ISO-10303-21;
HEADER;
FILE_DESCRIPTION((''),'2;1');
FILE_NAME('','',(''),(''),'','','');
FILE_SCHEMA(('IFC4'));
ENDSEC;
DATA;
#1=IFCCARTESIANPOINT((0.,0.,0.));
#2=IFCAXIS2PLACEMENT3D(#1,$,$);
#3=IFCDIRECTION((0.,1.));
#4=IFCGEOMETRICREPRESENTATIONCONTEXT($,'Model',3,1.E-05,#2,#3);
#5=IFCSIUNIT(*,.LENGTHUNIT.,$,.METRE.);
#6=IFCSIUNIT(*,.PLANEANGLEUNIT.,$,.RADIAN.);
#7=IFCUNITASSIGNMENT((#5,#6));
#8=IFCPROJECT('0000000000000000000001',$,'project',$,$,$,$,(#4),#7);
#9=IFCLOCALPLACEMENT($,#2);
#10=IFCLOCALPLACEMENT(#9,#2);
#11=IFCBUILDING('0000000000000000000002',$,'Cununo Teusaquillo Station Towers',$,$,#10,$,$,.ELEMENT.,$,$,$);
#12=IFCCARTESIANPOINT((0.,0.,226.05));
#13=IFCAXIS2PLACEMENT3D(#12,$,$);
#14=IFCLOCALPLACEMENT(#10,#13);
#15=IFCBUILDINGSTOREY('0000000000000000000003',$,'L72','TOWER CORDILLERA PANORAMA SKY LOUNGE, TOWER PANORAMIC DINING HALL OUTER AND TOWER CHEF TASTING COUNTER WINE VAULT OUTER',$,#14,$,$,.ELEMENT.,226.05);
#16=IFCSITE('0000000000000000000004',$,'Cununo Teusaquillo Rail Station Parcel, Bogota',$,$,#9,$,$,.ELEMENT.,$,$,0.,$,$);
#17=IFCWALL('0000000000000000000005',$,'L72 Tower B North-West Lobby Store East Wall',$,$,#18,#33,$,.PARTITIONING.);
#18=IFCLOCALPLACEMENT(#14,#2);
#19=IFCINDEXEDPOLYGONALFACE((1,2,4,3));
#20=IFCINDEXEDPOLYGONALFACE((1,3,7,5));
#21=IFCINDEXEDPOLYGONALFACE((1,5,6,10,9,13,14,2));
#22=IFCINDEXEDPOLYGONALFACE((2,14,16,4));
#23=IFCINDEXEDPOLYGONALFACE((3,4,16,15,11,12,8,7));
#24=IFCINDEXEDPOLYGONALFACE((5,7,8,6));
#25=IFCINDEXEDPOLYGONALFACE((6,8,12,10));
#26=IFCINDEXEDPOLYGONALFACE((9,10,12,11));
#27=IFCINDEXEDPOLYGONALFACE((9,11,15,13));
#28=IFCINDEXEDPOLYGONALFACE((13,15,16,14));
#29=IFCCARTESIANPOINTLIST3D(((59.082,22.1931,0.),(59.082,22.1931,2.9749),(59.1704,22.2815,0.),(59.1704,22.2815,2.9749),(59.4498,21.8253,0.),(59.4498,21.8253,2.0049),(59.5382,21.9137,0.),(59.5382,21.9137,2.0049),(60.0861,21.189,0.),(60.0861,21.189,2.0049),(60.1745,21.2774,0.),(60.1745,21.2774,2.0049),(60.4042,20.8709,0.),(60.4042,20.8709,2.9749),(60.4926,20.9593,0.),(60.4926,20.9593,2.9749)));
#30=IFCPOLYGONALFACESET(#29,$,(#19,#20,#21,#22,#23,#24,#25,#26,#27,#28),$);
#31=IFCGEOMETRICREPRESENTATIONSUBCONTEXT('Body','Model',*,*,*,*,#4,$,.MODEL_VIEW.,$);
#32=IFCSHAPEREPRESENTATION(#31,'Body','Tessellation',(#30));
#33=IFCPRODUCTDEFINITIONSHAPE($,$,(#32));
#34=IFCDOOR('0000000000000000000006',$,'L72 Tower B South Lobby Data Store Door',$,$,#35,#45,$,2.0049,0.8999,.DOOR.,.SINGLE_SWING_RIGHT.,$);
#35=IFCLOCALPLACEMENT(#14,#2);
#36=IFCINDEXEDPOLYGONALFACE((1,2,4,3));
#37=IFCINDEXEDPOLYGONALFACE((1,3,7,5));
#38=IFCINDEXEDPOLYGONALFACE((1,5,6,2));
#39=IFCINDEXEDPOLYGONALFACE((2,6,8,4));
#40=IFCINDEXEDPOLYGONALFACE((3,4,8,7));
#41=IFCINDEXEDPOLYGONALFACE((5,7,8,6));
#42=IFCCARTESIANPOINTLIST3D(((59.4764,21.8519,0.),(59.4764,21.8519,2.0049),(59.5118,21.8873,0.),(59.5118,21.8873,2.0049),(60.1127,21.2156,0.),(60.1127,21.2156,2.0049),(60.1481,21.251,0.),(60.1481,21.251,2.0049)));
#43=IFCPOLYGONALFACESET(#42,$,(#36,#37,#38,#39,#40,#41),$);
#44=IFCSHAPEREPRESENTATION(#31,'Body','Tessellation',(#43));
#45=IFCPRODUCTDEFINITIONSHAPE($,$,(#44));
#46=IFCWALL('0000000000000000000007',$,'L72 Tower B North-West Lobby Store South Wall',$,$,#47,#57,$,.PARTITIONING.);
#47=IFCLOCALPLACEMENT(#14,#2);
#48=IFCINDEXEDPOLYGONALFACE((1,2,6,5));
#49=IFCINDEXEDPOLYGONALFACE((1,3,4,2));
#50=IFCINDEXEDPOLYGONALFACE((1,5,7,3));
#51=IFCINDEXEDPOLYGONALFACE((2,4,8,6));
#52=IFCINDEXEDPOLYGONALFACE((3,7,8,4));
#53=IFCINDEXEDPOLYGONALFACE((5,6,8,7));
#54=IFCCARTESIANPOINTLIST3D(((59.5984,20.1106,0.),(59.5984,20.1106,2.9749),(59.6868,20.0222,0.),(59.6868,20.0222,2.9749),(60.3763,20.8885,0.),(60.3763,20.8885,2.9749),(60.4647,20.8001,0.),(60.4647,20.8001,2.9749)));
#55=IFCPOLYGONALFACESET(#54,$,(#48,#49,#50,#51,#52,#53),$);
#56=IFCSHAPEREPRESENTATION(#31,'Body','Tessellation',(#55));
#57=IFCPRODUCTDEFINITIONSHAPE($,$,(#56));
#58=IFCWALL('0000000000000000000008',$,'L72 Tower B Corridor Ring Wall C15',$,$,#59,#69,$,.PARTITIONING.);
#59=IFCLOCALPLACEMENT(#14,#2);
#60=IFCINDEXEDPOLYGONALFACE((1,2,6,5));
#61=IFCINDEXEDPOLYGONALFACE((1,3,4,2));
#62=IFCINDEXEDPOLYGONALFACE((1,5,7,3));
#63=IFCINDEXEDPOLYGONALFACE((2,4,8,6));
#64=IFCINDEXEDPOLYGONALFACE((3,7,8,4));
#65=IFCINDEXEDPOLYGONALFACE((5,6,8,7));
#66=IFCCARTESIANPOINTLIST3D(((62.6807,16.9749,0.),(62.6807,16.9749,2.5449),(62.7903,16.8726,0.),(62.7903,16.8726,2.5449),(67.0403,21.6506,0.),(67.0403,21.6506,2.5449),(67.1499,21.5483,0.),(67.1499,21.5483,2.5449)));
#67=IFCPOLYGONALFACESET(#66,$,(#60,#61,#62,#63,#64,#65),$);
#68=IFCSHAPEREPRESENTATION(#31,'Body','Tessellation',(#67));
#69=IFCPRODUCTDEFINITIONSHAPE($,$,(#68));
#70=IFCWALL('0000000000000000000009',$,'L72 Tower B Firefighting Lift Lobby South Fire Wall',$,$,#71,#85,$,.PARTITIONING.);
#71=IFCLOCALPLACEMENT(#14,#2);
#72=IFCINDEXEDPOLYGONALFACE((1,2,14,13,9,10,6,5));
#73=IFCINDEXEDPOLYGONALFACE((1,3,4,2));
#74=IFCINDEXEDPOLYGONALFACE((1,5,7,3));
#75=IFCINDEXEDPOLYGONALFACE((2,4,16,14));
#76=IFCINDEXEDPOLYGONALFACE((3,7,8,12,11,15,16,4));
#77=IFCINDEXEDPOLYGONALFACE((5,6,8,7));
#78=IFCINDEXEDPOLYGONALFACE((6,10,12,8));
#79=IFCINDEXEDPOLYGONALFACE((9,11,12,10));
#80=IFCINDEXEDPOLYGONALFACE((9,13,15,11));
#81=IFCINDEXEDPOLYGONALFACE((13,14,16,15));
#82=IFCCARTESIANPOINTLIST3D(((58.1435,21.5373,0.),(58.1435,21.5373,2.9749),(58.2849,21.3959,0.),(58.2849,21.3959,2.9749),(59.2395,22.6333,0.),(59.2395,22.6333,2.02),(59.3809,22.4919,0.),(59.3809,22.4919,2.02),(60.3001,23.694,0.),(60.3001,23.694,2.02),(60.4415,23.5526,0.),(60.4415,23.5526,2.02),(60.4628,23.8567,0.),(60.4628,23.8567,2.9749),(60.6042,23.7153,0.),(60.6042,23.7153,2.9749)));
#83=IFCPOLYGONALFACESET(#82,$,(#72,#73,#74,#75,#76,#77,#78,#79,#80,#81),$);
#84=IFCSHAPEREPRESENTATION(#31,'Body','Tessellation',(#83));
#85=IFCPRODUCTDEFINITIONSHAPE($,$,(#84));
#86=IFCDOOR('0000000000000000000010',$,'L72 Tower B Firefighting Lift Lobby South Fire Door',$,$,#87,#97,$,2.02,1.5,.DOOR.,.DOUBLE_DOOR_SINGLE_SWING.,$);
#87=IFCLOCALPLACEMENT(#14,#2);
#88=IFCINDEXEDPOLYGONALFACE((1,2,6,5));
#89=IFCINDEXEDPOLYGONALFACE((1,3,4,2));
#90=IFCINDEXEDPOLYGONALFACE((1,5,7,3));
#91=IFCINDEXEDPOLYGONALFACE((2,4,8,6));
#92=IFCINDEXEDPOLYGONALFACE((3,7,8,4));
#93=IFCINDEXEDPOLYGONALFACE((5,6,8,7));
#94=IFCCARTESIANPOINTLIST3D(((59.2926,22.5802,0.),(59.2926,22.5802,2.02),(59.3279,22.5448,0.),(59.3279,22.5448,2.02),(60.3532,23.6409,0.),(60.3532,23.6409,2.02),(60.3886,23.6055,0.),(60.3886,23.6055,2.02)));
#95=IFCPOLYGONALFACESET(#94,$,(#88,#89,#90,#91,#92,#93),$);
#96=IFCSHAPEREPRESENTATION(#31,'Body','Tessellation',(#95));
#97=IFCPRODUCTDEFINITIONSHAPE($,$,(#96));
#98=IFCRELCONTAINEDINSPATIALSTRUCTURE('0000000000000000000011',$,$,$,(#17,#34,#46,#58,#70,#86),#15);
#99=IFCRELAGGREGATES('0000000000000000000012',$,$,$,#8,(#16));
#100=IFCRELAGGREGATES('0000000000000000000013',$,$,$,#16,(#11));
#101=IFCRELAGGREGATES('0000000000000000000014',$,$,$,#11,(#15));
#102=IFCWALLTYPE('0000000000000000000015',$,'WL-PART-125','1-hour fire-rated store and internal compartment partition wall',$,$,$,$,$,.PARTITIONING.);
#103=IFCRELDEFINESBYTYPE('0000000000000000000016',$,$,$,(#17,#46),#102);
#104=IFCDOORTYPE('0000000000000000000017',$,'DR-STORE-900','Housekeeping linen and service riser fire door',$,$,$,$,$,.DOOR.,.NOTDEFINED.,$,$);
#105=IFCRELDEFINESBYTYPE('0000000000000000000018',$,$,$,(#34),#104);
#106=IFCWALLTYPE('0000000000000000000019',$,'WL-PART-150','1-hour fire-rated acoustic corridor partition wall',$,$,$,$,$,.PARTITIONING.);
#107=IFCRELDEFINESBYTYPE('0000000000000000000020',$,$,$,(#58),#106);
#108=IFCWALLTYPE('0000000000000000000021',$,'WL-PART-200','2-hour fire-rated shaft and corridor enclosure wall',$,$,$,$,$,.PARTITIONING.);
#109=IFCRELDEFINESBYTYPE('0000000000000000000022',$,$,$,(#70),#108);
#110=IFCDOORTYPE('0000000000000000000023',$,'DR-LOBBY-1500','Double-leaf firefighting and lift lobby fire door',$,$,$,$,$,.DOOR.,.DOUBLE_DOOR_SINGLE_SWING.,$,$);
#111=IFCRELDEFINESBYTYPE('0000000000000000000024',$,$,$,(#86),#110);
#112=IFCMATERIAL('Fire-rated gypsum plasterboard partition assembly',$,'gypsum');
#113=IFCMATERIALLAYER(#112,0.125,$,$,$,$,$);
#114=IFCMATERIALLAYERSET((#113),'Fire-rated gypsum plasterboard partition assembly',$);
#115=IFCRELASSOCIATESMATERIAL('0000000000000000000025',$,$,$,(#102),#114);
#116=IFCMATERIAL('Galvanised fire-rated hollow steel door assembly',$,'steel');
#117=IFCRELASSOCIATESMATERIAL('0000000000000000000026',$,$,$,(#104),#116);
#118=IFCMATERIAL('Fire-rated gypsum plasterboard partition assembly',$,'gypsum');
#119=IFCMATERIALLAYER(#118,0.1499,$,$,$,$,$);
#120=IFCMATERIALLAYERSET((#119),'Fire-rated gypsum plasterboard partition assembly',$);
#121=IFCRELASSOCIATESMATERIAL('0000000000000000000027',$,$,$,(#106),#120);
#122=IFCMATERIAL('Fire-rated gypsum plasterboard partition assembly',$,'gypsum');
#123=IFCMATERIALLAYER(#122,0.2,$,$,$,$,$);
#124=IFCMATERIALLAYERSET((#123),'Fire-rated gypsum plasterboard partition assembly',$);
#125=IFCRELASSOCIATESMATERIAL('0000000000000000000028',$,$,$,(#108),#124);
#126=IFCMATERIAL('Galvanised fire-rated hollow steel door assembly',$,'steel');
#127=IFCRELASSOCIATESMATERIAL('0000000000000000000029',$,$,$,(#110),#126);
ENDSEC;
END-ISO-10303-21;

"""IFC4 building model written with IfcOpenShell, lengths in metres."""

from ifc_helpers import new_model, si_unit, direction, frame, frame_2d, origin, place, context, subcontext, project, spatial, rectangle, extrude, source, transform, mapped, material, layer, layer_set, type_object, element, fill, save


model = new_model("IFC4")

# Units and contexts
model_context = context("Model", 3, precision=1e-05, world=origin(), true_north=direction((0.0, 1.0)))
body_context = subcontext(model_context, "Body", "Model", "MODEL_VIEW")
ifc_project = project(units=[si_unit("LENGTHUNIT", "METRE"), si_unit("PLANEANGLEUNIT", "RADIAN")], contexts=[model_context])

# Site, building, storey
site_placement = place(None, origin())
site = spatial("IfcSite", under=ifc_project, at=site_placement, Name="Cununo Teusaquillo Rail Station Parcel, Bogota", CompositionType="ELEMENT", RefElevation=0.0)
building_placement = place(site_placement, origin())
building = spatial("IfcBuilding", under=site, at=building_placement, Name="Cununo Teusaquillo Station Towers", CompositionType="ELEMENT")
storey_placement = place(building_placement, frame((0.0, 0.0, 226.05)))
storey = spatial("IfcBuildingStorey", under=building, at=storey_placement, Name="L72", Description="TOWER CORDILLERA PANORAMA SKY LOUNGE, TOWER PANORAMIC DINING HALL OUTER AND TOWER CHEF TASTING COUNTER WINE VAULT OUTER", CompositionType="ELEMENT", Elevation=226.05)

# Wall, opening, door
ifc_material_1 = material(Name="Fire-rated gypsum plasterboard partition assembly", Category="gypsum")
ifc_layer_1 = layer(ifc_material_1, 0.125)
ifc_layer_set_1 = layer_set([ifc_layer_1], Name="Fire-rated gypsum plasterboard partition assembly")
wall_type_1 = type_object("IfcWallType", Name="WL-PART-125", Description="1-hour fire-rated store and internal compartment partition wall", PredefinedType="PARTITIONING", material=ifc_layer_set_1)
wall_1_placement = place(storey_placement, frame((60.4485, 20.915, 0.0), z_axis=(0.0, 0.0, 1.0), x_axis=(-0.707107, 0.707107, 0.0)))
wall_1 = element("IfcWall", 1, at=wall_1_placement, inside=storey, type_object=wall_type_1, Name="L72 Tower B North-West Lobby Store East Wall", PredefinedType="PARTITIONING", context=body_context, shape_type="SweptSolid", body=[
    extrude(rectangle(XDim=1.8699, YDim=0.125, at=frame_2d((0.9351, 0.0))), origin(), (0.0, 0.0, 1.0), 2.9749),
])
shared_shape_1 = source(origin(), body_context, "Body", "SweptSolid", [
    extrude(rectangle(XDim=0.8999, YDim=2.0049, at=frame_2d((0.45, 1.0024))), frame((0.0, 0.0725, 0.0), z_axis=(0.0, -1.0, 0.0), x_axis=(1.0, 0.0, 0.0)), (0.0, 0.0, 1.0), 0.145),
])
opening_1_placement = place(wall_1_placement, frame((0.45, 0.0, 0.0)))
opening_1 = element("IfcOpeningElement", 2, at=opening_1_placement, cuts=wall_1, PredefinedType="OPENING", context=body_context, shape_type="MappedRepresentation", body=[
    mapped(shared_shape_1, transform((0.0, 0.0, 0.0), x_axis=(1.0, 0.0, 0.0), y_axis=(0.0, 1.0, 0.0), z_axis=(0.0, 0.0, 1.0), scale=1.0)),
])
ifc_material_2 = material(Name="Galvanised fire-rated hollow steel door assembly", Category="steel")
door_type_1 = type_object("IfcDoorType", Name="DR-STORE-900", Description="Housekeeping linen and service riser fire door", OperationType="NOTDEFINED", PredefinedType="DOOR", material=ifc_material_2)
shared_shape_2 = source(origin(), body_context, "Body", "SweptSolid", [
    extrude(rectangle(XDim=0.8999, YDim=2.0049, at=frame_2d((0.45, 1.0024))), frame((0.0, 0.0249, 0.0), z_axis=(0.0, -1.0, 0.0), x_axis=(1.0, 0.0, 0.0)), (0.0, 0.0, 1.0), 0.05),
])
door_1_placement = place(opening_1_placement, origin())
door_1 = element("IfcDoor", 3, at=door_1_placement, inside=storey, type_object=door_type_1, Name="L72 Tower B South Lobby Data Store Door", OperationType="SINGLE_SWING_RIGHT", OverallHeight=2.0049, OverallWidth=0.8999, PredefinedType="DOOR", context=body_context, shape_type="MappedRepresentation", body=[
    mapped(shared_shape_2, transform((0.0, 0.0, 0.0), x_axis=(1.0, 0.0, 0.0), y_axis=(0.0, 1.0, 0.0), z_axis=(0.0, 0.0, 1.0), scale=1.0)),
])
fill(opening_1, door_1)

# Walls
wall_2_placement = place(storey_placement, frame((59.6426, 20.0664, 0.0), z_axis=(0.0, 0.0, 1.0), x_axis=(0.707107, 0.707107, 0.0)))
element("IfcWall", 4, at=wall_2_placement, inside=storey, type_object=wall_type_1, Name="L72 Tower B North-West Lobby Store South Wall", PredefinedType="PARTITIONING", context=body_context, shape_type="SweptSolid", body=[
    extrude(rectangle(XDim=1.1001, YDim=0.125, at=frame_2d((0.55, 0.0))), origin(), (0.0, 0.0, 1.0), 2.9749),
])
ifc_material_3 = material(Name="Fire-rated gypsum plasterboard partition assembly", Category="gypsum")
ifc_layer_2 = layer(ifc_material_3, 0.1499)
ifc_layer_set_2 = layer_set([ifc_layer_2], Name="Fire-rated gypsum plasterboard partition assembly")
wall_type_2 = type_object("IfcWallType", Name="WL-PART-150", Description="1-hour fire-rated acoustic corridor partition wall", PredefinedType="PARTITIONING", material=ifc_layer_set_2)
wall_3_placement = place(storey_placement, frame((62.7356, 16.9238, 0.0), z_axis=(0.0, 0.0, 1.0), x_axis=(0.681947, 0.731402, 0.0)))
element("IfcWall", 5, at=wall_3_placement, inside=storey, type_object=wall_type_2, Name="L72 Tower B Corridor Ring Wall C15", PredefinedType="PARTITIONING", context=body_context, shape_type="SweptSolid", body=[
    extrude(rectangle(XDim=6.3928, YDim=0.1499, at=frame_2d((3.1963, 0.0))), origin(), (0.0, 0.0, 1.0), 2.5449),
])

# Wall, opening, door
ifc_material_4 = material(Name="Fire-rated gypsum plasterboard partition assembly", Category="gypsum")
ifc_layer_3 = layer(ifc_material_4, 0.2)
ifc_layer_set_3 = layer_set([ifc_layer_3], Name="Fire-rated gypsum plasterboard partition assembly")
wall_type_3 = type_object("IfcWallType", Name="WL-PART-200", Description="2-hour fire-rated shaft and corridor enclosure wall", PredefinedType="PARTITIONING", material=ifc_layer_set_3)
wall_4_placement = place(storey_placement, frame((58.2141, 21.4666, 0.0), z_axis=(0.0, 0.0, 1.0), x_axis=(0.707107, 0.707107, 0.0)))
wall_4 = element("IfcWall", 6, at=wall_4_placement, inside=storey, type_object=wall_type_3, Name="L72 Tower B Firefighting Lift Lobby South Fire Wall", PredefinedType="PARTITIONING", context=body_context, shape_type="SweptSolid", body=[
    extrude(rectangle(XDim=3.28, YDim=0.2, at=frame_2d((1.6401, 0.0))), origin(), (0.0, 0.0, 1.0), 2.9749),
])
shared_shape_3 = source(origin(), body_context, "Body", "SweptSolid", [
    extrude(rectangle(XDim=1.5, YDim=2.02, at=frame_2d((0.75, 1.01))), frame((0.0, 0.1099, 0.0), z_axis=(0.0, -1.0, 0.0), x_axis=(1.0, 0.0, 0.0)), (0.0, 0.0, 1.0), 0.22),
])
opening_2_placement = place(wall_4_placement, frame((1.55, 0.0, 0.0)))
opening_2 = element("IfcOpeningElement", 7, at=opening_2_placement, cuts=wall_4, PredefinedType="OPENING", context=body_context, shape_type="MappedRepresentation", body=[
    mapped(shared_shape_3, transform((0.0, 0.0, 0.0), x_axis=(1.0, 0.0, 0.0), y_axis=(0.0, 1.0, 0.0), z_axis=(0.0, 0.0, 1.0), scale=1.0)),
])
ifc_material_5 = material(Name="Galvanised fire-rated hollow steel door assembly", Category="steel")
door_type_2 = type_object("IfcDoorType", Name="DR-LOBBY-1500", Description="Double-leaf firefighting and lift lobby fire door", OperationType="DOUBLE_DOOR_SINGLE_SWING", PredefinedType="DOOR", material=ifc_material_5)
shared_shape_4 = source(origin(), body_context, "Body", "SweptSolid", [
    extrude(rectangle(XDim=1.5, YDim=2.02, at=frame_2d((0.75, 1.01))), frame((0.0, 0.0249, 0.0), z_axis=(0.0, -1.0, 0.0), x_axis=(1.0, 0.0, 0.0)), (0.0, 0.0, 1.0), 0.05),
])
door_2_placement = place(opening_2_placement, origin())
door_2 = element("IfcDoor", 8, at=door_2_placement, inside=storey, type_object=door_type_2, Name="L72 Tower B Firefighting Lift Lobby South Fire Door", OperationType="DOUBLE_DOOR_SINGLE_SWING", OverallHeight=2.02, OverallWidth=1.5, PredefinedType="DOOR", context=body_context, shape_type="MappedRepresentation", body=[
    mapped(shared_shape_4, transform((0.0, 0.0, 0.0), x_axis=(1.0, 0.0, 0.0), y_axis=(0.0, 1.0, 0.0), z_axis=(0.0, 0.0, 1.0), scale=1.0)),
])
fill(opening_2, door_2)

save(model, "model.ifc")
